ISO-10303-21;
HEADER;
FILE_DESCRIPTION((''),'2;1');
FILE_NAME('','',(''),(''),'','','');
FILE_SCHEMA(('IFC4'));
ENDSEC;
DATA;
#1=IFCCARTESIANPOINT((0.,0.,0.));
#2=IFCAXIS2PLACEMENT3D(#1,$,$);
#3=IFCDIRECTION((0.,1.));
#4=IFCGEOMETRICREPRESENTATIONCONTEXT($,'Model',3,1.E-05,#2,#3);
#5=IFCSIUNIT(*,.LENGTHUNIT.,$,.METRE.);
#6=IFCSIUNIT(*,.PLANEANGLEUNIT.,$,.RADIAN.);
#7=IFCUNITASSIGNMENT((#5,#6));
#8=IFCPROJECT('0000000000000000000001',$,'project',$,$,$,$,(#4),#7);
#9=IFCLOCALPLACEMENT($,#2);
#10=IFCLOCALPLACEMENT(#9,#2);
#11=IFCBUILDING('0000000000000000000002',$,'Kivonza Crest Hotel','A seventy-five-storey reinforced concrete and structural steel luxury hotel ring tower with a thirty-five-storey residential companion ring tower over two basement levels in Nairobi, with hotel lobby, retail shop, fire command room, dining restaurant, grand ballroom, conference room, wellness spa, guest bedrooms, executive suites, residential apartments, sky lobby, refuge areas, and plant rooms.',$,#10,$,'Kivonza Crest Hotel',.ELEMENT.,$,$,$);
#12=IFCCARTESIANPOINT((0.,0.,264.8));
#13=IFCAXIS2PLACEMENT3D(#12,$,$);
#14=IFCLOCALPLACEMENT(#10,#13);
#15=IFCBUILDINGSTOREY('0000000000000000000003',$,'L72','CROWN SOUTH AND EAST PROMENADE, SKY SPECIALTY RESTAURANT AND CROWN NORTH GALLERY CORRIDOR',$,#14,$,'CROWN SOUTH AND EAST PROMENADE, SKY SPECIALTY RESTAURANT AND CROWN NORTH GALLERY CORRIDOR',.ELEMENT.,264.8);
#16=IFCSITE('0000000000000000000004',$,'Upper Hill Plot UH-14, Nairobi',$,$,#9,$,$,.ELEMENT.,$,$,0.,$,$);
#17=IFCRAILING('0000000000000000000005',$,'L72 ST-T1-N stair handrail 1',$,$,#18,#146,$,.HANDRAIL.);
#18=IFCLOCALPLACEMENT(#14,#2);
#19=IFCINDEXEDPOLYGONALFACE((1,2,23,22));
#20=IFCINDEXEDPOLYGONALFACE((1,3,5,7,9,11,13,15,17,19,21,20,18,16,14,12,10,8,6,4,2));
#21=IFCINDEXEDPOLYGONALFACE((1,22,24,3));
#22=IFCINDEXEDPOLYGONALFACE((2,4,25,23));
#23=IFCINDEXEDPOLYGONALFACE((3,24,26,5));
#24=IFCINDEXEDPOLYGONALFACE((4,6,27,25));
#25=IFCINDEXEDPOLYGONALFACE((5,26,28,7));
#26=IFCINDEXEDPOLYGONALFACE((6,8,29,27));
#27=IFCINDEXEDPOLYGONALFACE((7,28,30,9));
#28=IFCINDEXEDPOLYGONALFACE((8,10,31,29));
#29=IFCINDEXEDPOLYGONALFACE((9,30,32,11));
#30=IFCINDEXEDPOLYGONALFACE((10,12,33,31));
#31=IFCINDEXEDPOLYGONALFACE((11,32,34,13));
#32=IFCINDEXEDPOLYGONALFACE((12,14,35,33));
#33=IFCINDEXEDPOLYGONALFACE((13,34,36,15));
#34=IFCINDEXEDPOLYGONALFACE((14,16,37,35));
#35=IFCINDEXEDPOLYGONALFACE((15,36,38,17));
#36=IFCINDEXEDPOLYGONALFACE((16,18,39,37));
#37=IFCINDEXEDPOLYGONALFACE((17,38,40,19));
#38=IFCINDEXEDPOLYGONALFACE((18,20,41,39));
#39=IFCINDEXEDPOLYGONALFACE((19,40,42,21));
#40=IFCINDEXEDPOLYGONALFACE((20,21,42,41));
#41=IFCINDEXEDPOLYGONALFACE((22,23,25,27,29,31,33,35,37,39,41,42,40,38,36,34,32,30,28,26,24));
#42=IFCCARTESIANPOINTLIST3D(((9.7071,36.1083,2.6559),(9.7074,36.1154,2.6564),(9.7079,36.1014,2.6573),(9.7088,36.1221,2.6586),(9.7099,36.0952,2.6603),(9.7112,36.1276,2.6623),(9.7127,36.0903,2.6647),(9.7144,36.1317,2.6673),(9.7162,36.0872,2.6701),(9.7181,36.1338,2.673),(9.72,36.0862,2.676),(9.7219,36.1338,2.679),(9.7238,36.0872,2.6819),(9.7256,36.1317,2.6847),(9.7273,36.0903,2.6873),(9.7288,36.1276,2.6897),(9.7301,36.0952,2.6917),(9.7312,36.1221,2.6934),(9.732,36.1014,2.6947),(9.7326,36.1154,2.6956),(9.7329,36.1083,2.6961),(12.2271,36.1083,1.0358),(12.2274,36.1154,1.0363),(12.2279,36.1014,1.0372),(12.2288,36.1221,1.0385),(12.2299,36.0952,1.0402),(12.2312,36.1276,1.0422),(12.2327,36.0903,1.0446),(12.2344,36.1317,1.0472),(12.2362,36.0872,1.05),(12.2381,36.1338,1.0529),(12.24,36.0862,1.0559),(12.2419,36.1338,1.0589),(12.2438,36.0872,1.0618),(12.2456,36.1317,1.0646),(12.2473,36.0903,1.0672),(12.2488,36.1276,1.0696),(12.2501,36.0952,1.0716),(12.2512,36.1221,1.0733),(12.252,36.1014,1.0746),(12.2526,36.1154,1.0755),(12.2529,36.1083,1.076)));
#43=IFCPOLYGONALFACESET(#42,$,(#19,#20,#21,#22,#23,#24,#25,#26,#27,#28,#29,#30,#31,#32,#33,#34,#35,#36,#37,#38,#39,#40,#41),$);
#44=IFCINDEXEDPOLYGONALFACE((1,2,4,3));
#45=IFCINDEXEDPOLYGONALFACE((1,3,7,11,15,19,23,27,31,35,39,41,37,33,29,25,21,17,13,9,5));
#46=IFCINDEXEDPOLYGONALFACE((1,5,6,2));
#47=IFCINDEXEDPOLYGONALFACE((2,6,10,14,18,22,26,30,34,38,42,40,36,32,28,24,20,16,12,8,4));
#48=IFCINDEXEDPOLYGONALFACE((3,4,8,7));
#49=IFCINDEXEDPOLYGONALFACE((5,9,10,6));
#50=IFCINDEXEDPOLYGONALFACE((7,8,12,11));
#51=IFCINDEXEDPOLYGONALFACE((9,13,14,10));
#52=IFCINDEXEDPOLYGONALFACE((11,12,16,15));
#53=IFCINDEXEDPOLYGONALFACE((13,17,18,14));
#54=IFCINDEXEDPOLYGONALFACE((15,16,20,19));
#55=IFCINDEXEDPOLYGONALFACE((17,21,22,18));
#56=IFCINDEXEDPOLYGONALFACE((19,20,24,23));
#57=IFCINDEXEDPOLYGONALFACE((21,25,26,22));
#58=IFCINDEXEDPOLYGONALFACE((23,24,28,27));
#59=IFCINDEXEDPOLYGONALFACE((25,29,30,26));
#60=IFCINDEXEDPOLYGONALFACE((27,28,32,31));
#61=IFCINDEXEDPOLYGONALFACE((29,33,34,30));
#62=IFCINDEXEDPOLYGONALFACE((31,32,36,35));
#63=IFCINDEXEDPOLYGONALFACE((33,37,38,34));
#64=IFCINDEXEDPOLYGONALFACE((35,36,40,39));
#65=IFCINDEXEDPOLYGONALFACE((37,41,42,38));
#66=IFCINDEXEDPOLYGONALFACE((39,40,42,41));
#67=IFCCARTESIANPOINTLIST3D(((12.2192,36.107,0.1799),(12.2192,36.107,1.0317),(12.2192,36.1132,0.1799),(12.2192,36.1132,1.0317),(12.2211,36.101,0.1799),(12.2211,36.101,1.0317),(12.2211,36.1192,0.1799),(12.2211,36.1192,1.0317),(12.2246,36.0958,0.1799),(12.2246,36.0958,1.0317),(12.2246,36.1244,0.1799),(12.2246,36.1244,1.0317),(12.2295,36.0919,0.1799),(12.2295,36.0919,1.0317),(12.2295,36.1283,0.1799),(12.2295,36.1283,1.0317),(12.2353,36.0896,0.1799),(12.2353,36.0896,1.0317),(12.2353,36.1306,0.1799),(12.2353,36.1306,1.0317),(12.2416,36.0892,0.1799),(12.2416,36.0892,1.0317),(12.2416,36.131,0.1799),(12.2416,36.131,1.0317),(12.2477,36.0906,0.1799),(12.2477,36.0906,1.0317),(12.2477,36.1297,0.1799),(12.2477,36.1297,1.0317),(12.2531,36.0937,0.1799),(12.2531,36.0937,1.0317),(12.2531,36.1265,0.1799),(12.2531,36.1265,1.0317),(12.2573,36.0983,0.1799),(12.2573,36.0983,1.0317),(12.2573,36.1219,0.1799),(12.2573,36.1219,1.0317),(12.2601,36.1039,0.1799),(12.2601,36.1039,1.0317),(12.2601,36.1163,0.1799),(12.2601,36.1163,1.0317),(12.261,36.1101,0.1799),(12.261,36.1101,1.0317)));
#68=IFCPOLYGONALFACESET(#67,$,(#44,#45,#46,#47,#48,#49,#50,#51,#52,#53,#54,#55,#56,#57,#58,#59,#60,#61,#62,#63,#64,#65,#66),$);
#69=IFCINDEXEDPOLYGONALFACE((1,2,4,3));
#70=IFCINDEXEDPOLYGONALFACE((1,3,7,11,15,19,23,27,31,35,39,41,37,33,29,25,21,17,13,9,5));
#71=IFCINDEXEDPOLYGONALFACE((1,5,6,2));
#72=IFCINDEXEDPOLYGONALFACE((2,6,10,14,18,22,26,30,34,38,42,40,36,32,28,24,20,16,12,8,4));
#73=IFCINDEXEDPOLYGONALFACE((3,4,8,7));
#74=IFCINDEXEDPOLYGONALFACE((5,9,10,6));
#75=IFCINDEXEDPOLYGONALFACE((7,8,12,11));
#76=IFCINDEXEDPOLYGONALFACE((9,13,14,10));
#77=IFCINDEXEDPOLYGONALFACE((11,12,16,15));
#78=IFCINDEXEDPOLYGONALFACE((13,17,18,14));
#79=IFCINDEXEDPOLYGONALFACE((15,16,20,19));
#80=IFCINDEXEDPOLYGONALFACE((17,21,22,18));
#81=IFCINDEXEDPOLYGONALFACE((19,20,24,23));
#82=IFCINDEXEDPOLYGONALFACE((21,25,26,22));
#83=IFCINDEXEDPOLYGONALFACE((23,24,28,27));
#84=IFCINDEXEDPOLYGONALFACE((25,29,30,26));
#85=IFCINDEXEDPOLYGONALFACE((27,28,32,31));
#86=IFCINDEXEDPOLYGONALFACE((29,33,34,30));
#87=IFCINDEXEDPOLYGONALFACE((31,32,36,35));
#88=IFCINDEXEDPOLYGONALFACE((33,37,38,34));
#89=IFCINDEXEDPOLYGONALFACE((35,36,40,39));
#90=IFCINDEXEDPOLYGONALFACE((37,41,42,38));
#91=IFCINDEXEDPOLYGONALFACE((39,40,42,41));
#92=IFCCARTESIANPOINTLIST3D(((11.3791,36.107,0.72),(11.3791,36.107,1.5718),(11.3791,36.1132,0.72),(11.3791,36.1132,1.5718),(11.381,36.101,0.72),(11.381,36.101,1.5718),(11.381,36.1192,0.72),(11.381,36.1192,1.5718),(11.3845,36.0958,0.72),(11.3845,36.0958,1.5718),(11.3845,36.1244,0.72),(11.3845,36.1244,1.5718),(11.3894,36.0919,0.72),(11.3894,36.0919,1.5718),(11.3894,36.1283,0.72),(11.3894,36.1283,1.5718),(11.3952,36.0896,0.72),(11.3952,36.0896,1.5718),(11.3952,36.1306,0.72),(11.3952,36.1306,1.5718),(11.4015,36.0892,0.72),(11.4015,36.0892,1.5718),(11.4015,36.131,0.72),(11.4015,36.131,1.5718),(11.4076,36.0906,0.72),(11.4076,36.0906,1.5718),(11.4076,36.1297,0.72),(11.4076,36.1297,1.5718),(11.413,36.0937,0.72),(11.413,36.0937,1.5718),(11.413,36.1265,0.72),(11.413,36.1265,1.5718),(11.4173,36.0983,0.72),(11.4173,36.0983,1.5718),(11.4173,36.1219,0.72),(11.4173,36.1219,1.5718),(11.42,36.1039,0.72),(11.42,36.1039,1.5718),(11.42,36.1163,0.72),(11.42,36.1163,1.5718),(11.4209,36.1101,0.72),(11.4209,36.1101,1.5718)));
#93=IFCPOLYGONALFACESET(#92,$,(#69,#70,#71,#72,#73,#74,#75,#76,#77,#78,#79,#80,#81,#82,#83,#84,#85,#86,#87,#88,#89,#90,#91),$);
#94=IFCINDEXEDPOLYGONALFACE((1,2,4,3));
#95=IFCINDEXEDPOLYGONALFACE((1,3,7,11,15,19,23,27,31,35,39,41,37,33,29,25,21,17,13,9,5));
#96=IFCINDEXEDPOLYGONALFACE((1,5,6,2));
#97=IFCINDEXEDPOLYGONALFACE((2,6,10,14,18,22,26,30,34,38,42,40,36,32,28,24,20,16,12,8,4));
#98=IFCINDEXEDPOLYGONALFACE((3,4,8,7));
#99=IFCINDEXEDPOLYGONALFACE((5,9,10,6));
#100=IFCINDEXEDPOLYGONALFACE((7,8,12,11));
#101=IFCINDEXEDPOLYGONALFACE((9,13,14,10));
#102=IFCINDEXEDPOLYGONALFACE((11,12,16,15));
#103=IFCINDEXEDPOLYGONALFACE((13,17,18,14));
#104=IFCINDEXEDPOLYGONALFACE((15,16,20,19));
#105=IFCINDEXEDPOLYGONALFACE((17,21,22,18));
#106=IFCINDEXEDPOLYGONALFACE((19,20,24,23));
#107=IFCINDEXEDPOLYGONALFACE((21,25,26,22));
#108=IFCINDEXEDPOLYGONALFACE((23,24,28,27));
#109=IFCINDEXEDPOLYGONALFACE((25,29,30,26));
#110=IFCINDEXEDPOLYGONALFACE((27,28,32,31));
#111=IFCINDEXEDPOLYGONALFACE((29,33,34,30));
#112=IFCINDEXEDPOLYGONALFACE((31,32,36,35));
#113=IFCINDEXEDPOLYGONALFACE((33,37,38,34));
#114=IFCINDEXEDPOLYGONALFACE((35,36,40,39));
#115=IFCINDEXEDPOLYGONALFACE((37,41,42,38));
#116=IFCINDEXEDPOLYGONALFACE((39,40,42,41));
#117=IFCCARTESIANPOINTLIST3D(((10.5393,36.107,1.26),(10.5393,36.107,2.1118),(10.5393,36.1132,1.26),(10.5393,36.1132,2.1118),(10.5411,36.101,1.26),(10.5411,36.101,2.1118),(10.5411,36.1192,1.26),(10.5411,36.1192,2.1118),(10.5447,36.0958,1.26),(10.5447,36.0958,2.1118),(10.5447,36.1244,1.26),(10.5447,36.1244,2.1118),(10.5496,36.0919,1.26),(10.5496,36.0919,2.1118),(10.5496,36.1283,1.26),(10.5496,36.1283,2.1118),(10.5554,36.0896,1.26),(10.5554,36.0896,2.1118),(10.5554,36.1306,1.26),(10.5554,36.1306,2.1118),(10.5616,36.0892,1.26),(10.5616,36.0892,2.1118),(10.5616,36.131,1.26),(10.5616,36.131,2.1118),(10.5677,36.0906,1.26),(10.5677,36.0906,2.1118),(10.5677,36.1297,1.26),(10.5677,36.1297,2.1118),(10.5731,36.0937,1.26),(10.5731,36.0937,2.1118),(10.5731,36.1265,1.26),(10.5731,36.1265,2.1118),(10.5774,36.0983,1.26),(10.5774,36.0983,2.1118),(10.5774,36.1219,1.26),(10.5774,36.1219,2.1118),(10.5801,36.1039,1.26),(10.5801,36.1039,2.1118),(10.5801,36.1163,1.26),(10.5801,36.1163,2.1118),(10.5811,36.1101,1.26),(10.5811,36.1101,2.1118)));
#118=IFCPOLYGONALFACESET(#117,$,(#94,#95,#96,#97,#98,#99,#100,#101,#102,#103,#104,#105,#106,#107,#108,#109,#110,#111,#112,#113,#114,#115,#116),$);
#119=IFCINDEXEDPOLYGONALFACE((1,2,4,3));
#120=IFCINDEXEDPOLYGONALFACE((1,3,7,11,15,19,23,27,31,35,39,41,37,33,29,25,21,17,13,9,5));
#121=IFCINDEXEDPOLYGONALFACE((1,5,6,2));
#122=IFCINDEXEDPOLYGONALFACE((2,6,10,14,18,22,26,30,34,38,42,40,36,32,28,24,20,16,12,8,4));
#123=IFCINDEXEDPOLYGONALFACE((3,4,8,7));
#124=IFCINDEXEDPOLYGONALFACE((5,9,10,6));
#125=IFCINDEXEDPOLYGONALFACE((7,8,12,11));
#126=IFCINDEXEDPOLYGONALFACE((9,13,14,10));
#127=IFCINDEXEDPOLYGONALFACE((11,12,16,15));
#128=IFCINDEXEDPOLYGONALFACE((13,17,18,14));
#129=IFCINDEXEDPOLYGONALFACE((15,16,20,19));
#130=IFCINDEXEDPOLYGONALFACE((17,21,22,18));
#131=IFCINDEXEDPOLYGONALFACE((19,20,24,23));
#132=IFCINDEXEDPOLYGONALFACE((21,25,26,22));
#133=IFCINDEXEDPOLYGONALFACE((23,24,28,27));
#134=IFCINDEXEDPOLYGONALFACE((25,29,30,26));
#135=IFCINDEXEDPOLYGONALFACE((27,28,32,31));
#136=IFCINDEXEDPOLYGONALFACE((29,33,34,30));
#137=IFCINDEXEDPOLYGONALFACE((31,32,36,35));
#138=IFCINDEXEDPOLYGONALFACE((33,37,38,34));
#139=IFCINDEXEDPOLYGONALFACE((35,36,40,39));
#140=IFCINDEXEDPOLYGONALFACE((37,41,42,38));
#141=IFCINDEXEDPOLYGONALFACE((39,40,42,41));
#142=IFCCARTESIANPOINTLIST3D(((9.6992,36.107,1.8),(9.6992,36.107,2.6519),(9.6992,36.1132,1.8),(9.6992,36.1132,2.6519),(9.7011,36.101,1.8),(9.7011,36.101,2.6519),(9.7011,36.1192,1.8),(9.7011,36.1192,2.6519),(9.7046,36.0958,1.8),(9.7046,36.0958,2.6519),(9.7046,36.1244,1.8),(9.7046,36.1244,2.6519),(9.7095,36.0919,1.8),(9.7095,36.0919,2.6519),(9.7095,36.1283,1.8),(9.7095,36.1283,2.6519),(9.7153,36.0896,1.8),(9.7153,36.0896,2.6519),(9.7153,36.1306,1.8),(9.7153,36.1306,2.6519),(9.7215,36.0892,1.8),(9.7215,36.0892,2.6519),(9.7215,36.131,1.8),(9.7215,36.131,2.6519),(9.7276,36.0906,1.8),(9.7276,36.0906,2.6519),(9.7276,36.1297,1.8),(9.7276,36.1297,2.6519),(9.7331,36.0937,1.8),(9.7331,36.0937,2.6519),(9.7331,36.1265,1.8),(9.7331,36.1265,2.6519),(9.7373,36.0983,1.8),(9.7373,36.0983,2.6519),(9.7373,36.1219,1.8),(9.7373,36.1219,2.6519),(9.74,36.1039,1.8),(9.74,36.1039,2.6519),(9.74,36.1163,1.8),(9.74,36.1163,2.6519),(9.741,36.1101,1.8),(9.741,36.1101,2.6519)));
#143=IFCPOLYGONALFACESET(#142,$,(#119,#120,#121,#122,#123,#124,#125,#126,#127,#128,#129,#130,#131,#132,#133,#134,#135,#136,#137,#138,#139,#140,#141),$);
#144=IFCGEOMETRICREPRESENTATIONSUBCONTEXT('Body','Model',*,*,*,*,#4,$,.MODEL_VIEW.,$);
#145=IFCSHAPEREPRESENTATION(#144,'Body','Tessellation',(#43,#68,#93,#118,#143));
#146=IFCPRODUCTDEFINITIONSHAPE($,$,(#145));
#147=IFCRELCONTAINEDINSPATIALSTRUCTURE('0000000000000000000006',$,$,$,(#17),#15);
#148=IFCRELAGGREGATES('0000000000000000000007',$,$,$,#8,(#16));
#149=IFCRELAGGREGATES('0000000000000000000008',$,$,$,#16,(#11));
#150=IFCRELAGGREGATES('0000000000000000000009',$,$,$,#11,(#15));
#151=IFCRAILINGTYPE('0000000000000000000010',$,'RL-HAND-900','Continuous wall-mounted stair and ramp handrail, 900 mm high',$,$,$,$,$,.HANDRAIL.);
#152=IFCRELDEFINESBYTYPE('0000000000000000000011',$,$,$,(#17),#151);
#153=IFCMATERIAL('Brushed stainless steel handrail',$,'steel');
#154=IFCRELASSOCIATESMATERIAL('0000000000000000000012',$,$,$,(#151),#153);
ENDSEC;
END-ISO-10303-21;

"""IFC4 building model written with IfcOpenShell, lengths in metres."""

from ifc_helpers import new_model, si_unit, direction, frame, origin, origin_2d, place, context, subcontext, project, spatial, circle, extrude, material, type_object, element, save


model = new_model("IFC4")

# Units and contexts
model_context = context("Model", 3, precision=1e-05, world=origin(), true_north=direction((0.0, 1.0)))
body_context = subcontext(model_context, "Body", "Model", "MODEL_VIEW")
ifc_project = project(units=[si_unit("LENGTHUNIT", "METRE"), si_unit("PLANEANGLEUNIT", "RADIAN")], contexts=[model_context])

# Site, building, storey
site_placement = place(None, origin())
site = spatial("IfcSite", under=ifc_project, at=site_placement, Name="Upper Hill Plot UH-14, Nairobi", CompositionType="ELEMENT", RefElevation=0.0)
building_placement = place(site_placement, origin())
building = spatial("IfcBuilding", under=site, at=building_placement, Name="Kivonza Crest Hotel", Description="A seventy-five-storey reinforced concrete and structural steel luxury hotel ring tower with a thirty-five-storey residential companion ring tower over two basement levels in Nairobi, with hotel lobby, retail shop, fire command room, dining restaurant, grand ballroom, conference room, wellness spa, guest bedrooms, executive suites, residential apartments, sky lobby, refuge areas, and plant rooms.", LongName="Kivonza Crest Hotel", CompositionType="ELEMENT")
storey_placement = place(building_placement, frame((0.0, 0.0, 264.8)))
storey = spatial("IfcBuildingStorey", under=building, at=storey_placement, Name="L72", Description="CROWN SOUTH AND EAST PROMENADE, SKY SPECIALTY RESTAURANT AND CROWN NORTH GALLERY CORRIDOR", LongName="CROWN SOUTH AND EAST PROMENADE, SKY SPECIALTY RESTAURANT AND CROWN NORTH GALLERY CORRIDOR", CompositionType="ELEMENT", Elevation=264.8)

# Railing
ifc_material_1 = material(Name="Brushed stainless steel handrail", Category="steel")
railing_type_1 = type_object("IfcRailingType", Name="RL-HAND-900", Description="Continuous wall-mounted stair and ramp handrail, 900 mm high", PredefinedType="HANDRAIL", material=ifc_material_1)
railing_1_placement = place(storey_placement, frame((12.24, 36.1101, 0.1799)))
element("IfcRailing", 1, at=railing_1_placement, inside=storey, type_object=railing_type_1, Name="L72 ST-T1-N stair handrail 1", PredefinedType="HANDRAIL", context=body_context, shape_type="SweptSolid", body=[
    extrude(circle(Radius=0.0239, at=origin_2d()), frame((0.0, 0.0, 0.876), z_axis=(-0.841163, 0.0, 0.540782), x_axis=(0.0, -1.0, 0.0)), (0.0, 0.0, 1.0), 2.9958),
    extrude(circle(Radius=0.021, at=origin_2d()), origin(), (0.0, 0.0, 1.0), 0.8518),
    extrude(circle(Radius=0.021, at=origin_2d()), frame((-0.8401, 0.0, 0.54)), (0.0, 0.0, 1.0), 0.8518),
    extrude(circle(Radius=0.021, at=origin_2d()), frame((-1.6799, 0.0, 1.0801)), (0.0, 0.0, 1.0), 0.8518),
    extrude(circle(Radius=0.021, at=origin_2d()), frame((-2.52, 0.0, 1.6201)), (0.0, 0.0, 1.0), 0.8518),
])

save(model, "model.ifc")
